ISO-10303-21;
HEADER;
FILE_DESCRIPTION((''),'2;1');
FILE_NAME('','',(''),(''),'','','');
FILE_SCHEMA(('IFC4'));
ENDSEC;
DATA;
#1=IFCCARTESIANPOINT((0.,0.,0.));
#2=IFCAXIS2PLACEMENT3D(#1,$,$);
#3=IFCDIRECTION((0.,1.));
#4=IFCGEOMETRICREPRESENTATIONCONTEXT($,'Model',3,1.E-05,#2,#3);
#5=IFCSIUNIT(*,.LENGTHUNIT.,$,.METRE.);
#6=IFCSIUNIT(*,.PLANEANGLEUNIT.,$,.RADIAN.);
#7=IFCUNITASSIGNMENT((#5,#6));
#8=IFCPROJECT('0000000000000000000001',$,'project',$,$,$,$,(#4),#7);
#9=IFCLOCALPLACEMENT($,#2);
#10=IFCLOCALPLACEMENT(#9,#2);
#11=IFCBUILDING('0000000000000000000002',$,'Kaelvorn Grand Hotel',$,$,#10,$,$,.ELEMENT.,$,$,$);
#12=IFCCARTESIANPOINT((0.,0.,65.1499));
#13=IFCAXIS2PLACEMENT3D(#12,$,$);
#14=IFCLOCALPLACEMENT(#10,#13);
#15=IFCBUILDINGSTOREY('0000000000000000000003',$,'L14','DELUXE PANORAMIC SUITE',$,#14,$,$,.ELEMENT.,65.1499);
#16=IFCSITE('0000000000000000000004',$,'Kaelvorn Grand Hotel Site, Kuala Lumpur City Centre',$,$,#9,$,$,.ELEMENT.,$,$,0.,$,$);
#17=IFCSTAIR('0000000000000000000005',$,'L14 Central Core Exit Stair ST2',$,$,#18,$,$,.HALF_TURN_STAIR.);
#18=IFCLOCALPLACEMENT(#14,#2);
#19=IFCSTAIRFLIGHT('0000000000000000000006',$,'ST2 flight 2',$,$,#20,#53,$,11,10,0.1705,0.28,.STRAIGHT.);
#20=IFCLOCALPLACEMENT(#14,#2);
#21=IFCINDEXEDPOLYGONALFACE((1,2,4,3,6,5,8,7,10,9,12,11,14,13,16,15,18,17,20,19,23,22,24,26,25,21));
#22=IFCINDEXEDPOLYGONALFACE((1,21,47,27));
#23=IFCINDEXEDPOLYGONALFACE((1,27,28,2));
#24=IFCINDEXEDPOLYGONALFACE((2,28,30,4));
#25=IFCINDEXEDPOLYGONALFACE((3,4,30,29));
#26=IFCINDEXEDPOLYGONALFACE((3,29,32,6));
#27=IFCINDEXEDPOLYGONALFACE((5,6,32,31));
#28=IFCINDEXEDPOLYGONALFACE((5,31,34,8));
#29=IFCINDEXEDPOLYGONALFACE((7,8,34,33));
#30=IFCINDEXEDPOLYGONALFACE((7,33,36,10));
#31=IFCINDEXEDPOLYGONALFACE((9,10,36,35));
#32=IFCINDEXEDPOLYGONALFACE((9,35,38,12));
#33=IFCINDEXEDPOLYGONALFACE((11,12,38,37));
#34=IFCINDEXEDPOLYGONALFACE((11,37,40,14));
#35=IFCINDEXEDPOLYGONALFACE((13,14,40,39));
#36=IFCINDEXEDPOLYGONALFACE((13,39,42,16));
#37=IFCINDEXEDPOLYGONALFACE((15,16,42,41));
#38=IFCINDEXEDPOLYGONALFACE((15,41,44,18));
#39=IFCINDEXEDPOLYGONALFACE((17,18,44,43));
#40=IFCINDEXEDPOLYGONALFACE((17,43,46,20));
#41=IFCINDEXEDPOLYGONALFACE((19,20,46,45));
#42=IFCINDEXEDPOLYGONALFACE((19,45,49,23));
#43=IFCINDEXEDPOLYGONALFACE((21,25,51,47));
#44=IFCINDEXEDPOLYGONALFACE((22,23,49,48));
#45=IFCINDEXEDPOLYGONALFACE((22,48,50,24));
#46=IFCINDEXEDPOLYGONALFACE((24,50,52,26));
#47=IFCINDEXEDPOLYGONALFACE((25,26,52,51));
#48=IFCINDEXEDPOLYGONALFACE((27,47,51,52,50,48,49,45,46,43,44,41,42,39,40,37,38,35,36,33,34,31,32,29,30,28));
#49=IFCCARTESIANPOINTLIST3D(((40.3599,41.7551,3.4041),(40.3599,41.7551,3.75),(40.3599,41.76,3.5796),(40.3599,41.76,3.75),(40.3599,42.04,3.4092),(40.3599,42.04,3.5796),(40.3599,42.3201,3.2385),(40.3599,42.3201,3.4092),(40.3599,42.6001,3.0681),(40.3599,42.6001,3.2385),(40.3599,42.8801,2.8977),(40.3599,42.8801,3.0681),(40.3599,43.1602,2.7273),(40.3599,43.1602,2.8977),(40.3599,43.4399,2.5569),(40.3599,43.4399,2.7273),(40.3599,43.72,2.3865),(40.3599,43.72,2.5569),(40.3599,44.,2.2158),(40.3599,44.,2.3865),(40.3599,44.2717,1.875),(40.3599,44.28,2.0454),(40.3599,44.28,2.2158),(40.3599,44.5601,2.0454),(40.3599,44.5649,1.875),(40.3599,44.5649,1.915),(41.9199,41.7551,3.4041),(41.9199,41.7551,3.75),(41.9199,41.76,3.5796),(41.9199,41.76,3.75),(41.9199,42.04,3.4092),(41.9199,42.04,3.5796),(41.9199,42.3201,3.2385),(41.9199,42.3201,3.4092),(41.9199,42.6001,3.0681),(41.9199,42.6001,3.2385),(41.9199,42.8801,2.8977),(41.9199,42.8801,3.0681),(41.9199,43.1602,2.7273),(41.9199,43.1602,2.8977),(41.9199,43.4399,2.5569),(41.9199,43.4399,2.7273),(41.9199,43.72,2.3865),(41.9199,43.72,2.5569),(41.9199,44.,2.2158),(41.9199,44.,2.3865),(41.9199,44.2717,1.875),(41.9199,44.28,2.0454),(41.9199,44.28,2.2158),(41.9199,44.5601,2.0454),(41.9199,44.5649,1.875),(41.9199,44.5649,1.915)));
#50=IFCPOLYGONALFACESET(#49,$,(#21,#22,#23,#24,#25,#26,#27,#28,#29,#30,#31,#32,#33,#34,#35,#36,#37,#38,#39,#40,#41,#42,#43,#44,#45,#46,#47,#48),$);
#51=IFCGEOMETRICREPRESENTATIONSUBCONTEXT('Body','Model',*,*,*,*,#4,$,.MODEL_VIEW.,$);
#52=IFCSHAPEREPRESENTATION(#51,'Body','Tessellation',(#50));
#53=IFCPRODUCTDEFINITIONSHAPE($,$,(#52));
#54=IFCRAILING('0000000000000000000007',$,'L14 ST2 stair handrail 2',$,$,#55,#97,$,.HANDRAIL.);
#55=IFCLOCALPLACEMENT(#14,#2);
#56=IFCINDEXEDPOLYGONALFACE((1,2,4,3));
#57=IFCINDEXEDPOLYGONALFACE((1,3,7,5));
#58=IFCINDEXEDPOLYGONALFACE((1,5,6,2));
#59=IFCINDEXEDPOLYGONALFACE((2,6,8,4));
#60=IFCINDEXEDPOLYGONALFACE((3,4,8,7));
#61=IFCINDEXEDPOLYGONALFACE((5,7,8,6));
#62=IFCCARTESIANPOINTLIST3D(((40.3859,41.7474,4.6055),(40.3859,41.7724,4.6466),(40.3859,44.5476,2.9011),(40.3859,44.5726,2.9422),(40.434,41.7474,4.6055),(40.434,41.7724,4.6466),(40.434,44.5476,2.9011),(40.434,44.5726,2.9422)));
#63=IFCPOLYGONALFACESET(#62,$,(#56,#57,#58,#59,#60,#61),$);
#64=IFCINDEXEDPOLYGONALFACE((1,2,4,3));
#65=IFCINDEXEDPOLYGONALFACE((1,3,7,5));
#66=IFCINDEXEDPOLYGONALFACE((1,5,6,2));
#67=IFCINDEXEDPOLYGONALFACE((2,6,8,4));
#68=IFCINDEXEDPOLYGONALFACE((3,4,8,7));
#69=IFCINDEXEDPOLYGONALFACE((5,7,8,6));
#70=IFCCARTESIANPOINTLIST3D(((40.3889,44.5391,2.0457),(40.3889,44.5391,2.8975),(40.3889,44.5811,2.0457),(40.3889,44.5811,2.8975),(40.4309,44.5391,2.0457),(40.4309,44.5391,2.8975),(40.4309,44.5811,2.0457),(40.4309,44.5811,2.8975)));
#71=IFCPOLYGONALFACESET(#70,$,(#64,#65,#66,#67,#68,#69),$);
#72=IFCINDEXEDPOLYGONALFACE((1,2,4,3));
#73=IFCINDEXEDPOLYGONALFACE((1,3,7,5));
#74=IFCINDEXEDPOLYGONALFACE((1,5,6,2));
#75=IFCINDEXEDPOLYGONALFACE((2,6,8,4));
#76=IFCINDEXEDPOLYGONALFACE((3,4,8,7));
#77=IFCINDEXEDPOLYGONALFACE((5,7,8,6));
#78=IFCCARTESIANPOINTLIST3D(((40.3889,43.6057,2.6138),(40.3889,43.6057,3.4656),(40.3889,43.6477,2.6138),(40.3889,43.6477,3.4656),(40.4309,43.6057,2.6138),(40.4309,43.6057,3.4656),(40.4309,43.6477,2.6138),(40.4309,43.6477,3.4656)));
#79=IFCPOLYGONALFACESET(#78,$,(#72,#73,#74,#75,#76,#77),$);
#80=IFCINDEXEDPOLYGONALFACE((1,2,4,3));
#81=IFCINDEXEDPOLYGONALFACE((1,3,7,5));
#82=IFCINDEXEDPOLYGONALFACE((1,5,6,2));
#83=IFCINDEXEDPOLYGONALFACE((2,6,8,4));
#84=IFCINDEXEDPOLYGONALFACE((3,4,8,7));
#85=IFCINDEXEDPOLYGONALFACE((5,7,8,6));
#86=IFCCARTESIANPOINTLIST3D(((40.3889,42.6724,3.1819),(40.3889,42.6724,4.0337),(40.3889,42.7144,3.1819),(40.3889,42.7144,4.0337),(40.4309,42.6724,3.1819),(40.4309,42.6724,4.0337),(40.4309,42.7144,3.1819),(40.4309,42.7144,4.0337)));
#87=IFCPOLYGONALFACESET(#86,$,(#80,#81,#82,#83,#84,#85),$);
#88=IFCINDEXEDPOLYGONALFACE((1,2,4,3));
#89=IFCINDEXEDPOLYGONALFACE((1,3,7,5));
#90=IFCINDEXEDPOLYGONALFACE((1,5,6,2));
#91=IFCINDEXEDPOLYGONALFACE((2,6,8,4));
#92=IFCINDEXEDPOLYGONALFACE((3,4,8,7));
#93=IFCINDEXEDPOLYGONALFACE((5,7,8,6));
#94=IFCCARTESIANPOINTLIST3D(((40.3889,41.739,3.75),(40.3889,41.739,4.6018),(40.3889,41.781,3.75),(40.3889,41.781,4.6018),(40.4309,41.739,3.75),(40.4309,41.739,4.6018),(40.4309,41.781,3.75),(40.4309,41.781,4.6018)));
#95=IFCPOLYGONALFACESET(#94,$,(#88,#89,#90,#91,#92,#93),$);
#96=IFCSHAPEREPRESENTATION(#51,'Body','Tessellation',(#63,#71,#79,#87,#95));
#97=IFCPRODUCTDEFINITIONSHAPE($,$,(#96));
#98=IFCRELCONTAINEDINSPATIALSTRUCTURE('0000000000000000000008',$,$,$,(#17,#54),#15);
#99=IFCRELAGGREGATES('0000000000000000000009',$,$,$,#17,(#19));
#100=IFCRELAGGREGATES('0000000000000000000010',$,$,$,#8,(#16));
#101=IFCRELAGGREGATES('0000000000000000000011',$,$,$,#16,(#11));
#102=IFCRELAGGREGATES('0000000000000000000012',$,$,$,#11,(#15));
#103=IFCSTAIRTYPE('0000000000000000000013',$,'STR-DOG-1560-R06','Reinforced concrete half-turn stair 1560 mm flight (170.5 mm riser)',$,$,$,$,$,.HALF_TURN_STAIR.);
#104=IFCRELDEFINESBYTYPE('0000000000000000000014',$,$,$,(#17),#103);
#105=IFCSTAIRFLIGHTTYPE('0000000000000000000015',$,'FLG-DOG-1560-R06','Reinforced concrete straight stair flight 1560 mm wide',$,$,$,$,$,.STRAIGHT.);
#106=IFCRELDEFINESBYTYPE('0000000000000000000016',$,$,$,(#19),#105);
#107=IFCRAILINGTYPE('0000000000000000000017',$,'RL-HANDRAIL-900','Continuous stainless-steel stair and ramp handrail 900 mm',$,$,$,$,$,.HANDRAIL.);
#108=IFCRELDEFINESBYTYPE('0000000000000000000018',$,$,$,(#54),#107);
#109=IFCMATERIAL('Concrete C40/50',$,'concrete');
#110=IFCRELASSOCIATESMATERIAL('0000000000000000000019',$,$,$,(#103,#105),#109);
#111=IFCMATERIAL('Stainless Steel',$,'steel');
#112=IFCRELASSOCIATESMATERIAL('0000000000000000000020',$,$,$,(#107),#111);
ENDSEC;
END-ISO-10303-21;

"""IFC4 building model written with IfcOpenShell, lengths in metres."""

from ifc_helpers import new_model, si_unit, direction, frame, origin, origin_2d, place, context, subcontext, project, spatial, polyline, rectangle, outline, extrude, material, type_object, element, aggregate, save


model = new_model("IFC4")

# Units and contexts
model_context = context("Model", 3, precision=1e-05, world=origin(), true_north=direction((0.0, 1.0)))
body_context = subcontext(model_context, "Body", "Model", "MODEL_VIEW")
ifc_project = project(units=[si_unit("LENGTHUNIT", "METRE"), si_unit("PLANEANGLEUNIT", "RADIAN")], contexts=[model_context])

# Site, building, storey
site_placement = place(None, origin())
site = spatial("IfcSite", under=ifc_project, at=site_placement, Name="Kaelvorn Grand Hotel Site, Kuala Lumpur City Centre", CompositionType="ELEMENT", RefElevation=0.0)
building_placement = place(site_placement, origin())
building = spatial("IfcBuilding", under=site, at=building_placement, Name="Kaelvorn Grand Hotel", CompositionType="ELEMENT")
storey_placement = place(building_placement, frame((0.0, 0.0, 65.1499)))
storey = spatial("IfcBuildingStorey", under=building, at=storey_placement, Name="L14", Description="DELUXE PANORAMIC SUITE", CompositionType="ELEMENT", Elevation=65.1499)

# Shared definitions
ifc_material_1 = material(Name="Concrete C40/50", Category="concrete")

# Stair, stair flight
stair_type = type_object("IfcStairType", Name="STR-DOG-1560-R06", Description="Reinforced concrete half-turn stair 1560 mm flight (170.5 mm riser)", PredefinedType="HALF_TURN_STAIR", material=ifc_material_1)
stair_placement = place(storey_placement, origin())
stair = element("IfcStair", 1, at=stair_placement, inside=storey, type_object=stair_type, Name="L14 Central Core Exit Stair ST2", PredefinedType="HALF_TURN_STAIR")
stair_flight_type = type_object("IfcStairFlightType", Name="FLG-DOG-1560-R06", Description="Reinforced concrete straight stair flight 1560 mm wide", PredefinedType="STRAIGHT", material=ifc_material_1)
stair_flight_placement = place(storey_placement, frame((41.1399, 44.5601, 1.875), z_axis=(0.0, 0.0, 1.0), x_axis=(0.0, -1.0, 0.0)))
stair_flight = element("IfcStairFlight", 2, at=stair_flight_placement, type_object=stair_flight_type, Name="ST2 flight 2", NumberOfRisers=11, NumberOfTreads=10, PredefinedType="STRAIGHT", RiserHeight=0.1705, TreadLength=0.28, context=body_context, shape_type="SweptSolid", body=[
    extrude(outline(polyline([(-0.0049, 0.0), (-0.0049, 0.04), (0.0, 0.1704), (0.28, 0.1704), (0.28, 0.3408), (0.5601, 0.3408), (0.5601, 0.5115), (0.8401, 0.5115), (0.8401, 0.6819), (1.1201, 0.6819), (1.1201, 0.8523), (1.3999, 0.8523), (1.3999, 1.0227), (1.6799, 1.0227), (1.6799, 1.1931), (1.96, 1.1931), (1.96, 1.3635), (2.24, 1.3635), (2.24, 1.5342), (2.52, 1.5342), (2.52, 1.7046), (2.8, 1.7046), (2.8, 1.875), (2.8049, 1.875), (2.8049, 1.5291), (0.2883, 0.0), (-0.0049, 0.0)])), frame((0.0, 0.78, 0.0), z_axis=(0.0, -1.0, 0.0), x_axis=(1.0, 0.0, 0.0)), (0.0, 0.0, 1.0), 1.5601),
])
aggregate(stair, [stair_flight])

# Railing
ifc_material_2 = material(Name="Stainless Steel", Category="steel")
railing_type = type_object("IfcRailingType", Name="RL-HANDRAIL-900", Description="Continuous stainless-steel stair and ramp handrail 900 mm", PredefinedType="HANDRAIL", material=ifc_material_2)
railing_placement = place(storey_placement, frame((40.4099, 44.5601, 2.0457)))
element("IfcRailing", 3, at=railing_placement, inside=storey, type_object=railing_type, Name="L14 ST2 stair handrail 2", PredefinedType="HANDRAIL", context=body_context, shape_type="SweptSolid", body=[
    extrude(rectangle(XDim=0.0481, YDim=0.0481, at=origin_2d()), frame((0.0, 0.0, 0.876), z_axis=(0.0, -0.854203, 0.51994), x_axis=(1.0, 0.0, 0.0)), (0.0, 0.0, 1.0), 3.2781),
    extrude(rectangle(XDim=0.042, YDim=0.042, at=origin_2d()), origin(), (0.0, 0.0, 1.0), 0.8518),
    extrude(rectangle(XDim=0.042, YDim=0.042, at=origin_2d()), frame((0.0, -0.9333, 0.5681)), (0.0, 0.0, 1.0), 0.8518),
    extrude(rectangle(XDim=0.042, YDim=0.042, at=origin_2d()), frame((0.0, -1.8667, 1.1362)), (0.0, 0.0, 1.0), 0.8518),
    extrude(rectangle(XDim=0.042, YDim=0.042, at=origin_2d()), frame((0.0, -2.8, 1.7043)), (0.0, 0.0, 1.0), 0.8518),
])

save(model, "model.ifc")
